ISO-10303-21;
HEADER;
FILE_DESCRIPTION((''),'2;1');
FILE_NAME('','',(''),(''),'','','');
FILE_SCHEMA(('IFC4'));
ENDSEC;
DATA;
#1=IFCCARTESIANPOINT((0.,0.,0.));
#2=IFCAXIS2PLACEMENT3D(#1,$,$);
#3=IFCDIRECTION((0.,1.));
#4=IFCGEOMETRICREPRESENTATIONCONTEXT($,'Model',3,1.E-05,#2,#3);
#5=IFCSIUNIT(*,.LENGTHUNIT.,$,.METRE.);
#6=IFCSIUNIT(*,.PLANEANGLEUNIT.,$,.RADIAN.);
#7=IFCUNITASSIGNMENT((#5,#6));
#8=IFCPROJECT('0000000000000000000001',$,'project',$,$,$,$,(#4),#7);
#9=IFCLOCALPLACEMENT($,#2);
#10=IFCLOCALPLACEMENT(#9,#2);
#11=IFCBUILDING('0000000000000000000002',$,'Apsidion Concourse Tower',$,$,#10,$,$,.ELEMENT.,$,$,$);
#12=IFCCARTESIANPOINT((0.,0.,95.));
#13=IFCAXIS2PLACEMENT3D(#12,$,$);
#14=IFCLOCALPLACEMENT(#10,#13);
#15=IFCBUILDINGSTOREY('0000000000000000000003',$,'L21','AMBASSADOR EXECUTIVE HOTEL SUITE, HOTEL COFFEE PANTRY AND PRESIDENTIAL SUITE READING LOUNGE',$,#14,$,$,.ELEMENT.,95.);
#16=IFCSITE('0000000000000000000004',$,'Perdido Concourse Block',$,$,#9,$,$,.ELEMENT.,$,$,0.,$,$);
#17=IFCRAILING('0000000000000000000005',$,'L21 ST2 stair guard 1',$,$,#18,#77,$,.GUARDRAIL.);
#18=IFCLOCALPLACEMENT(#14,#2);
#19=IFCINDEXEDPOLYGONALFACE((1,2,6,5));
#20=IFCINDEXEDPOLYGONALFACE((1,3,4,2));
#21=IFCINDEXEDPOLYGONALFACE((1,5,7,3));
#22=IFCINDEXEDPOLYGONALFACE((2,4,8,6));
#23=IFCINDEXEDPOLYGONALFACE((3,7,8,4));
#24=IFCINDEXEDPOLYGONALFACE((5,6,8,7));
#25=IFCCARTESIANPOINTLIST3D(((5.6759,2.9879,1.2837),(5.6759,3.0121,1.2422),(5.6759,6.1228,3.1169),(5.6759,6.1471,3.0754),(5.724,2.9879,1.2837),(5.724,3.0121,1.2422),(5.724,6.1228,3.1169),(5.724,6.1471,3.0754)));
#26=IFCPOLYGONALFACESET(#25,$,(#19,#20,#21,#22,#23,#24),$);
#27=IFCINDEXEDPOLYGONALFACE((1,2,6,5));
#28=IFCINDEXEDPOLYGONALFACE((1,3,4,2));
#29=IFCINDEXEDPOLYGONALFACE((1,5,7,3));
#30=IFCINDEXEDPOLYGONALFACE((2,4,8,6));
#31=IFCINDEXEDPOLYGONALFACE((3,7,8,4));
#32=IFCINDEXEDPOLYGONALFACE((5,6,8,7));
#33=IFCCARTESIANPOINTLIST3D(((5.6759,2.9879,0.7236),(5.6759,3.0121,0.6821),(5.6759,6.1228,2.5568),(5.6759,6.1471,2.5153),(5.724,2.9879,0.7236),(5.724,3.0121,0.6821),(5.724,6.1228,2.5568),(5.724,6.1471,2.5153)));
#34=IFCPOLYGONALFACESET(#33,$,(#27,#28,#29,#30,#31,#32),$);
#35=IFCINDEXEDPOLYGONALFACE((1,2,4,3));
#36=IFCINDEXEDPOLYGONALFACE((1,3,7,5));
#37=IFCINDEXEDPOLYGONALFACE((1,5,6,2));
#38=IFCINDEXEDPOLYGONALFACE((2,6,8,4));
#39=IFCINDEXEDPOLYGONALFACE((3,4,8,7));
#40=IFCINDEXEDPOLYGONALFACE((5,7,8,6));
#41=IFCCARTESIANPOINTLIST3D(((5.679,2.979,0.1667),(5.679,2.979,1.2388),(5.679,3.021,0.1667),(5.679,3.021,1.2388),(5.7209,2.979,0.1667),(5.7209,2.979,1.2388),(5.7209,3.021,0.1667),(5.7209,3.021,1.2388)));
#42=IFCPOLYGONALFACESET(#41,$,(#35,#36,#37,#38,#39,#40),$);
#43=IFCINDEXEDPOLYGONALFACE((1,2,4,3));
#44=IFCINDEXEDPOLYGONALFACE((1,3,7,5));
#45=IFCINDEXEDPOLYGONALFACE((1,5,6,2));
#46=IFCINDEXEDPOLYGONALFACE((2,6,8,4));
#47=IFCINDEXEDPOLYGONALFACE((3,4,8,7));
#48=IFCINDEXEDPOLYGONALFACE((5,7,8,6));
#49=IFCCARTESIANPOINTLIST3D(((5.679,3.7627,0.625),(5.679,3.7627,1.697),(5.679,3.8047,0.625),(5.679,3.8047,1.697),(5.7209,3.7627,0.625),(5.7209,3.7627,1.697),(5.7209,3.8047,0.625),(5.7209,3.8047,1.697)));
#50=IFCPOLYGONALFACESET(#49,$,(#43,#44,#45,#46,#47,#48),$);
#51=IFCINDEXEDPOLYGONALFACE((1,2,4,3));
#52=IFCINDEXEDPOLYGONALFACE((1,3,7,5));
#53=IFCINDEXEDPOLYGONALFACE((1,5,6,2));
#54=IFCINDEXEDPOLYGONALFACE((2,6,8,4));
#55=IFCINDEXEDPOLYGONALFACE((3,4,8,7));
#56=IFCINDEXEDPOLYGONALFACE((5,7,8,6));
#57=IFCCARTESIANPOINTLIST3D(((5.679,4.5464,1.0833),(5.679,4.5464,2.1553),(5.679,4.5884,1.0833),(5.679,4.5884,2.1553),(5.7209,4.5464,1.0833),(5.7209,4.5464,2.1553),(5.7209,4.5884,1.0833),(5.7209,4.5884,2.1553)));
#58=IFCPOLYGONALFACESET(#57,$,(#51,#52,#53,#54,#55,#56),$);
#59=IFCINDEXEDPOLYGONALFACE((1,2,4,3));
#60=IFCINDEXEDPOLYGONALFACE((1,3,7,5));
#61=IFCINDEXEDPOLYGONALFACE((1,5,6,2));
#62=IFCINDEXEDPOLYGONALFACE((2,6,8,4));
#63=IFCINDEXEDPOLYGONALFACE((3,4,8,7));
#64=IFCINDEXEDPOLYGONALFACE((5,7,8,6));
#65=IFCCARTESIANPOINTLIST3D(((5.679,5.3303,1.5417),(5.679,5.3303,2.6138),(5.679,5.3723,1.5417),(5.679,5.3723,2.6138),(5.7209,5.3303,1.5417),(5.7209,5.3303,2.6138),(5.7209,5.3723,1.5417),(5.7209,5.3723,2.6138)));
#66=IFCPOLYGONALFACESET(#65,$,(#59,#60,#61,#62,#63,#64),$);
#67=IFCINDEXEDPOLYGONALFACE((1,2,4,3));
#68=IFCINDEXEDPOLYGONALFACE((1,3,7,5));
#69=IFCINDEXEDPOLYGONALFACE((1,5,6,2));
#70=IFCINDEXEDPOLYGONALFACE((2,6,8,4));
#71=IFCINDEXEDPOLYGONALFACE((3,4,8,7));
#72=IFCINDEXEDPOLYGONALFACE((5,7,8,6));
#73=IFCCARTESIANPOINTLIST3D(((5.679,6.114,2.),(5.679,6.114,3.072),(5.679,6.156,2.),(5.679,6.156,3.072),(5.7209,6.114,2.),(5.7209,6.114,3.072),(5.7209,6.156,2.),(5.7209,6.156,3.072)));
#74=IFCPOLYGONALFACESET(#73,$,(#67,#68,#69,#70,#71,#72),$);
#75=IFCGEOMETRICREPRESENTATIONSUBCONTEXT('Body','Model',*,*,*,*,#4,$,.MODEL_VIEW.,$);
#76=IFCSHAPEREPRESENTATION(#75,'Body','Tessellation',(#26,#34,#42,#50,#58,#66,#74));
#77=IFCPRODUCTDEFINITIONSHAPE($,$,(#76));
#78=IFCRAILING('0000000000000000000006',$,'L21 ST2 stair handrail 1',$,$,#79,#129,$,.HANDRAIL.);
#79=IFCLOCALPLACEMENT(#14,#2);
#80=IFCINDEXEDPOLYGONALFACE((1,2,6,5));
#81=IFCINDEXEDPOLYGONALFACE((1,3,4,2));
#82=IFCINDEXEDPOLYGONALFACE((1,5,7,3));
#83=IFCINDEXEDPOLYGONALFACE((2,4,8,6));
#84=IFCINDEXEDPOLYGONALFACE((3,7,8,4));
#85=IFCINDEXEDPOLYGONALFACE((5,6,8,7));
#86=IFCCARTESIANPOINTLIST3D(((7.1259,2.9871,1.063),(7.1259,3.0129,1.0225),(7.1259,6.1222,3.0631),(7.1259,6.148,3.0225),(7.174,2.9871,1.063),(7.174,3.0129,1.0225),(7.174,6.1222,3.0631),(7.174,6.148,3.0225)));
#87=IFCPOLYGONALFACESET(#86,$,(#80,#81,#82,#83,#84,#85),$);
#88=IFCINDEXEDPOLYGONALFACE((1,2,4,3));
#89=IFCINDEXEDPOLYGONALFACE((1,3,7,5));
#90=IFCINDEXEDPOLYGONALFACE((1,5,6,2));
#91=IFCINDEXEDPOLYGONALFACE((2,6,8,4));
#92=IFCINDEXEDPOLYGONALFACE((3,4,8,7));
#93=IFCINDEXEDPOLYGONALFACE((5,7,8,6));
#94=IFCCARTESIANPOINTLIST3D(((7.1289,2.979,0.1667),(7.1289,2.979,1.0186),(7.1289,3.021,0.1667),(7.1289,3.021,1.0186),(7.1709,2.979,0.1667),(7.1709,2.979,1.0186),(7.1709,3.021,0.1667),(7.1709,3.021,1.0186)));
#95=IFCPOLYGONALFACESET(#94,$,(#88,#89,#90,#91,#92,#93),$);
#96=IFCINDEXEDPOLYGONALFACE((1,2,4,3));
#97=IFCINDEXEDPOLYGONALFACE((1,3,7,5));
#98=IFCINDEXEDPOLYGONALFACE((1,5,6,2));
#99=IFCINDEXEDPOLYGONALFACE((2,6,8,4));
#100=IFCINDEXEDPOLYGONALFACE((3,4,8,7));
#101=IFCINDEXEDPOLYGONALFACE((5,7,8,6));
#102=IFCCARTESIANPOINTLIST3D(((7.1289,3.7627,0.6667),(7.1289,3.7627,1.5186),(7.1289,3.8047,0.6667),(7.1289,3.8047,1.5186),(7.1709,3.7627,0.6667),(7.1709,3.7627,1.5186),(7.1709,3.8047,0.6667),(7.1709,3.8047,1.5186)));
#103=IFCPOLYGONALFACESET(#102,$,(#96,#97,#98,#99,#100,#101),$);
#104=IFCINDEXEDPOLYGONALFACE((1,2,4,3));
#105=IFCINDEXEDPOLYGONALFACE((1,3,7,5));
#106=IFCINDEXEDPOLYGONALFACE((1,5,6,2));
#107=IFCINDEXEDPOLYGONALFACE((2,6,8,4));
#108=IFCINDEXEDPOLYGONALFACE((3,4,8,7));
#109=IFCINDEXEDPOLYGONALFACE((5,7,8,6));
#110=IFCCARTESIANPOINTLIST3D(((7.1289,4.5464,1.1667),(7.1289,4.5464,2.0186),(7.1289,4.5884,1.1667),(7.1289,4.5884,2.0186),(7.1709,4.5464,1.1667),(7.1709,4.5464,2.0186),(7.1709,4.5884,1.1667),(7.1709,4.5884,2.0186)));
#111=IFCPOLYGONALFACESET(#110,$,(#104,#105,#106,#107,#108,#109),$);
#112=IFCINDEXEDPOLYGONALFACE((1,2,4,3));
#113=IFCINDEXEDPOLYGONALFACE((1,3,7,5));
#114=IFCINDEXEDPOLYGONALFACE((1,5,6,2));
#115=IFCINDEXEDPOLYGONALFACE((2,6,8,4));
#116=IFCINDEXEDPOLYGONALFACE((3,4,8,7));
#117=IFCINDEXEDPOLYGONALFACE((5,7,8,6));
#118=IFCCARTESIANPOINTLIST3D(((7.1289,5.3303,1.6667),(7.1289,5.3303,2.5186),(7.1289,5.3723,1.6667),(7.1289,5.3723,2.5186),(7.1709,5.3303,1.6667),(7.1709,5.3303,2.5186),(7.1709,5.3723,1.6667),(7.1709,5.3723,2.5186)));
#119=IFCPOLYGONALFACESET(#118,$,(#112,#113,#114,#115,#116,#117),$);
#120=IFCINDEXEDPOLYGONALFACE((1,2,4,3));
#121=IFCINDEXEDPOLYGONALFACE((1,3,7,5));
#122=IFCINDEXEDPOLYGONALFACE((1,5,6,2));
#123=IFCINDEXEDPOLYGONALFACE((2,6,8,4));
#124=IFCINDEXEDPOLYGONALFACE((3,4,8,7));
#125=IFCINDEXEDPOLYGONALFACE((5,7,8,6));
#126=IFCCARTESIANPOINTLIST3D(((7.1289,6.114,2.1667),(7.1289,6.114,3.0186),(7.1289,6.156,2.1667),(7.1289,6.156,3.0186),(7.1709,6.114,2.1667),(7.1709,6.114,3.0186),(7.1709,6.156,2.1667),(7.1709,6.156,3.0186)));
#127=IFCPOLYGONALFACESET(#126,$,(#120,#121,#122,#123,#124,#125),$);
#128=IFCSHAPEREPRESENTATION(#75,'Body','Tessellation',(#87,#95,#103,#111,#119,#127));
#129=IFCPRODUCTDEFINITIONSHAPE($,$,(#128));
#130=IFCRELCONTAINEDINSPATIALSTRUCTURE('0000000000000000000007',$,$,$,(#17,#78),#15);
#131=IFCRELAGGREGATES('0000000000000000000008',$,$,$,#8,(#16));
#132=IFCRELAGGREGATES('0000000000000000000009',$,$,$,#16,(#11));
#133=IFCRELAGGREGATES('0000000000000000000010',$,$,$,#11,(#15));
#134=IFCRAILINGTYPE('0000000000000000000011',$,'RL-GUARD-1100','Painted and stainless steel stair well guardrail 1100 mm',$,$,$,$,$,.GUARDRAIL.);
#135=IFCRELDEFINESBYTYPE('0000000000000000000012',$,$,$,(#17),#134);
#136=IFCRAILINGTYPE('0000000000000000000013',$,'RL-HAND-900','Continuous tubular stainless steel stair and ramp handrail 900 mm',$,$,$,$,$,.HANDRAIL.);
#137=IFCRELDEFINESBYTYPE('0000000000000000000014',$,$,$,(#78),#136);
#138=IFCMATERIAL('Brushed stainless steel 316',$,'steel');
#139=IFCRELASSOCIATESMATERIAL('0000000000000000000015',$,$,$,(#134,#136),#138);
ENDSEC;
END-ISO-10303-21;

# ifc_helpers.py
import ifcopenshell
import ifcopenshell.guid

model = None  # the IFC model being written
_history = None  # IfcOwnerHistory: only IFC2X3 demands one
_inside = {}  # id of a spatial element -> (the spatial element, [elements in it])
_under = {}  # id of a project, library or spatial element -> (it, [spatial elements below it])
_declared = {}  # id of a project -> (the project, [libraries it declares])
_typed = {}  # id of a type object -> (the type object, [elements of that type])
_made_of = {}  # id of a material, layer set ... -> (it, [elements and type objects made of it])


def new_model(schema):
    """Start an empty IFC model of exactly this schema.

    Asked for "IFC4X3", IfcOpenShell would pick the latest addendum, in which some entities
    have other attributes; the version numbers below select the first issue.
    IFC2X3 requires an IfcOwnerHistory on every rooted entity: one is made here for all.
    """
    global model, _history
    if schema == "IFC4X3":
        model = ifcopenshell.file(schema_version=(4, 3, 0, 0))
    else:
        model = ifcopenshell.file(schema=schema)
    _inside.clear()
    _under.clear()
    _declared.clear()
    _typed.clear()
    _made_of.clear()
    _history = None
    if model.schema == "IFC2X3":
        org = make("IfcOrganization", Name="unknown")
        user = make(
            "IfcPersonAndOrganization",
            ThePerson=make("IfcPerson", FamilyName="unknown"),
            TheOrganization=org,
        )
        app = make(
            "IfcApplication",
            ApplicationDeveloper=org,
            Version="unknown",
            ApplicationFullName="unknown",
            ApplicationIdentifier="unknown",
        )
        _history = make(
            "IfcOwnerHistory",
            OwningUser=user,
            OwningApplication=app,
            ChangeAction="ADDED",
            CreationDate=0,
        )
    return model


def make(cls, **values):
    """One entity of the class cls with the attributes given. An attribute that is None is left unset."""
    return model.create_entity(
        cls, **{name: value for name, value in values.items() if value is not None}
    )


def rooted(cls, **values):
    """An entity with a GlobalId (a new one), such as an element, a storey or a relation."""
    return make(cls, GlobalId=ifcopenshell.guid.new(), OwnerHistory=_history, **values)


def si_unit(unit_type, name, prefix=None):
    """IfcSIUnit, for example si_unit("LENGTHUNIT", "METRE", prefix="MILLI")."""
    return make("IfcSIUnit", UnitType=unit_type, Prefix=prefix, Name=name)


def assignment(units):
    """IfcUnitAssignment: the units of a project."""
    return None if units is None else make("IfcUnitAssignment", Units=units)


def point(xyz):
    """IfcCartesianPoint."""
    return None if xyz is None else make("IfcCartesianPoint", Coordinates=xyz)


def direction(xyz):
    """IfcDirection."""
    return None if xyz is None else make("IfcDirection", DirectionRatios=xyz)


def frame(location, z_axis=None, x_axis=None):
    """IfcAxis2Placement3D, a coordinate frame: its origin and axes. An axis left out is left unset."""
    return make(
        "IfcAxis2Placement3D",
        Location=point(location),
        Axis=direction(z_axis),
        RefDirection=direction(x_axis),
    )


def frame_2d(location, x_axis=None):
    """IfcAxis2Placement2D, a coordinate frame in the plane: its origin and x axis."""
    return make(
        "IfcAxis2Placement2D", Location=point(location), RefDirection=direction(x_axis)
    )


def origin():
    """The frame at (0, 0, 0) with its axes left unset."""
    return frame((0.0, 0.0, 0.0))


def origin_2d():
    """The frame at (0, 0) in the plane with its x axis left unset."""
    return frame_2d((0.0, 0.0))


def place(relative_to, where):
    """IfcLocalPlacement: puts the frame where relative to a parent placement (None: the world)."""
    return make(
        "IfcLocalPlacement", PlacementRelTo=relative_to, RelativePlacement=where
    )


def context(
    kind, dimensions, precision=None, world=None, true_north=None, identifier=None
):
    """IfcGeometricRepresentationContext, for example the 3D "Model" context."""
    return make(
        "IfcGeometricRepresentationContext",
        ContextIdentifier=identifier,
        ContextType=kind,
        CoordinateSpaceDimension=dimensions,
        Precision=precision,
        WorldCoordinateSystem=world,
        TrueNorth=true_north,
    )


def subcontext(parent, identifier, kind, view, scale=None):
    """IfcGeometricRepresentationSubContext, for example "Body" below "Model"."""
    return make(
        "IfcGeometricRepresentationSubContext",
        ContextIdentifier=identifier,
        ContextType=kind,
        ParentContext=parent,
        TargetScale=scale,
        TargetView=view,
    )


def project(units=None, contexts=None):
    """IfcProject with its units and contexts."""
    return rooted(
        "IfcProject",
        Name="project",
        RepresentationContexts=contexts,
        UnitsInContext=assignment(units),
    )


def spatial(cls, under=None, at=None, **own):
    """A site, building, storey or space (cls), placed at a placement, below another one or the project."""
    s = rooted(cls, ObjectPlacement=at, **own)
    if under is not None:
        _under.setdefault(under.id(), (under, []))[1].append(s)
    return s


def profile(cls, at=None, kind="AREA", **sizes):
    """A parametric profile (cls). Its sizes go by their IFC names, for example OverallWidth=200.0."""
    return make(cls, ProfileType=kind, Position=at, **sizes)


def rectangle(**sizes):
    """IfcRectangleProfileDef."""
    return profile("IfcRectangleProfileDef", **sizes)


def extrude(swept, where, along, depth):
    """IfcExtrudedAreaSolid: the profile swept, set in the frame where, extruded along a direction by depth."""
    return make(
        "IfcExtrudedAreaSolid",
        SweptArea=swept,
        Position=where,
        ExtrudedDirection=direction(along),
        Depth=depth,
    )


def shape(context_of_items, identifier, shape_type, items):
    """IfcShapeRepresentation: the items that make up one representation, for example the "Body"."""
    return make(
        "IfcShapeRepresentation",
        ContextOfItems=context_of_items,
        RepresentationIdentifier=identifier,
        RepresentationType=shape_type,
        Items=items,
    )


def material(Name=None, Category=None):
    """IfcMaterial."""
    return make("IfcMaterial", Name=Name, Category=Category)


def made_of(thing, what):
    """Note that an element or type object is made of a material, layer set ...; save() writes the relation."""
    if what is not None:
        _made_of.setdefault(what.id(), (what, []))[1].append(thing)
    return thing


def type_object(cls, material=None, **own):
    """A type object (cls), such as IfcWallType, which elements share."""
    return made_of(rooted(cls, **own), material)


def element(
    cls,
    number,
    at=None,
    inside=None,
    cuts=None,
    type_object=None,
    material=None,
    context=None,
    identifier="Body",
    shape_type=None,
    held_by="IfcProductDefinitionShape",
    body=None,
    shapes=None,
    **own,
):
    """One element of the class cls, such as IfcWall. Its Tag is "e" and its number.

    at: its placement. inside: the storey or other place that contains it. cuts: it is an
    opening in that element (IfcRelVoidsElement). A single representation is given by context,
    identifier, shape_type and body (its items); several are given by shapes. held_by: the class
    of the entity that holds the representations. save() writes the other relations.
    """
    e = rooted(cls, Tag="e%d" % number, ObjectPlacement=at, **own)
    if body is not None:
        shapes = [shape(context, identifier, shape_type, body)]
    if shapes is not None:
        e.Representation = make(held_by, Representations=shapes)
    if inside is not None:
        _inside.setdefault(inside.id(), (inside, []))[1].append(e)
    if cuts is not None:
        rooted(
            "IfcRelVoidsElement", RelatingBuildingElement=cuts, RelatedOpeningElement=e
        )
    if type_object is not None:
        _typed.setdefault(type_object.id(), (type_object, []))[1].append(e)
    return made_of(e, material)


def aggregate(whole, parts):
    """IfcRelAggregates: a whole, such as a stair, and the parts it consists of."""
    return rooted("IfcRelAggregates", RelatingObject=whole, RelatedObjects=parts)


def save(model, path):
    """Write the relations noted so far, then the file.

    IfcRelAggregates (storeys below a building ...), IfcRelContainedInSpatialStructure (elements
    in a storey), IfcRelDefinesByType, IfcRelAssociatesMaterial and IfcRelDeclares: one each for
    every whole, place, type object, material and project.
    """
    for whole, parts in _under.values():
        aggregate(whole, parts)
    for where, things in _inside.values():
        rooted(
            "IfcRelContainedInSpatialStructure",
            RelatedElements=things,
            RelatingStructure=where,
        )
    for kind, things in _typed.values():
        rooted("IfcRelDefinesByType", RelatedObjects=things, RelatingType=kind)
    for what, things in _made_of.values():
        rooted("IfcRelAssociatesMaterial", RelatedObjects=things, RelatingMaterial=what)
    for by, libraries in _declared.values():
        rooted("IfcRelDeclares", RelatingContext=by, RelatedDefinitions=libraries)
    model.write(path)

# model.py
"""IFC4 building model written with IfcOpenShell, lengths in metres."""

from ifc_helpers import new_model, si_unit, direction, frame, origin, origin_2d, place, context, subcontext, project, spatial, rectangle, extrude, material, type_object, element, save


model = new_model("IFC4")

# Units and contexts
model_context = context("Model", 3, precision=1e-05, world=origin(), true_north=direction((0.0, 1.0)))
body_context = subcontext(model_context, "Body", "Model", "MODEL_VIEW")
ifc_project = project(units=[si_unit("LENGTHUNIT", "METRE"), si_unit("PLANEANGLEUNIT", "RADIAN")], contexts=[model_context])

# Site, building, storey
site_placement = place(None, origin())
site = spatial("IfcSite", under=ifc_project, at=site_placement, Name="Perdido Concourse Block", CompositionType="ELEMENT", RefElevation=0.0)
building_placement = place(site_placement, origin())
building = spatial("IfcBuilding", under=site, at=building_placement, Name="Apsidion Concourse Tower", CompositionType="ELEMENT")
storey_placement = place(building_placement, frame((0.0, 0.0, 95.0)))
storey = spatial("IfcBuildingStorey", under=building, at=storey_placement, Name="L21", Description="AMBASSADOR EXECUTIVE HOTEL SUITE, HOTEL COFFEE PANTRY AND PRESIDENTIAL SUITE READING LOUNGE", CompositionType="ELEMENT", Elevation=95.0)

# Shared definitions
ifc_material_1 = material(Name="Brushed stainless steel 316", Category="steel")

# Railings
railing_type_1 = type_object("IfcRailingType", Name="RL-GUARD-1100", Description="Painted and stainless steel stair well guardrail 1100 mm", PredefinedType="GUARDRAIL", material=ifc_material_1)
railing_1_placement = place(storey_placement, frame((5.7, 3.0, 0.1667)))
element("IfcRailing", 1, at=railing_1_placement, inside=storey, type_object=railing_type_1, Name="L21 ST2 stair guard 1", PredefinedType="GUARDRAIL", context=body_context, shape_type="SweptSolid", body=[
    extrude(rectangle(XDim=0.0481, YDim=0.0481, at=origin_2d()), frame((0.0, 0.0, 1.0962), z_axis=(0.0, 0.86324, 0.504794), x_axis=(-1.0, 0.0, 0.0)), (0.0, 0.0, 1.0), 3.6316),
    extrude(rectangle(XDim=0.0481, YDim=0.0481, at=origin_2d()), frame((0.0, 0.0, 0.5361), z_axis=(0.0, 0.86324, 0.504794), x_axis=(-1.0, 0.0, 0.0)), (0.0, 0.0, 1.0), 3.6316),
    extrude(rectangle(XDim=0.042, YDim=0.042, at=origin_2d()), origin(), (0.0, 0.0, 1.0), 1.072),
    extrude(rectangle(XDim=0.042, YDim=0.042, at=origin_2d()), frame((0.0, 0.7837, 0.4583)), (0.0, 0.0, 1.0), 1.072),
    extrude(rectangle(XDim=0.042, YDim=0.042, at=origin_2d()), frame((0.0, 1.5674, 0.9165)), (0.0, 0.0, 1.0), 1.072),
    extrude(rectangle(XDim=0.042, YDim=0.042, at=origin_2d()), frame((0.0, 2.3513, 1.375)), (0.0, 0.0, 1.0), 1.072),
    extrude(rectangle(XDim=0.042, YDim=0.042, at=origin_2d()), frame((0.0, 3.135, 1.8333)), (0.0, 0.0, 1.0), 1.072),
])
railing_type_2 = type_object("IfcRailingType", Name="RL-HAND-900", Description="Continuous tubular stainless steel stair and ramp handrail 900 mm", PredefinedType="HANDRAIL", material=ifc_material_1)
railing_2_placement = place(storey_placement, frame((7.1499, 3.0, 0.1667)))
element("IfcRailing", 2, at=railing_2_placement, inside=storey, type_object=railing_type_2, Name="L21 ST2 stair handrail 1", PredefinedType="HANDRAIL", context=body_context, shape_type="SweptSolid", body=[
    extrude(rectangle(XDim=0.0481, YDim=0.0481, at=origin_2d()), frame((0.0, 0.0, 0.876), z_axis=(0.0, 0.843053, 0.537831), x_axis=(-1.0, 0.0, 0.0)), (0.0, 0.0, 1.0), 3.7188),
    extrude(rectangle(XDim=0.042, YDim=0.042, at=origin_2d()), origin(), (0.0, 0.0, 1.0), 0.8518),
    extrude(rectangle(XDim=0.042, YDim=0.042, at=origin_2d()), frame((0.0, 0.7837, 0.5)), (0.0, 0.0, 1.0), 0.8518),
    extrude(rectangle(XDim=0.042, YDim=0.042, at=origin_2d()), frame((0.0, 1.5674, 1.0)), (0.0, 0.0, 1.0), 0.8518),
    extrude(rectangle(XDim=0.042, YDim=0.042, at=origin_2d()), frame((0.0, 2.3513, 1.5)), (0.0, 0.0, 1.0), 0.8518),
    extrude(rectangle(XDim=0.042, YDim=0.042, at=origin_2d()), frame((0.0, 3.135, 2.0)), (0.0, 0.0, 1.0), 0.8518),
])

save(model, "model.ifc")
